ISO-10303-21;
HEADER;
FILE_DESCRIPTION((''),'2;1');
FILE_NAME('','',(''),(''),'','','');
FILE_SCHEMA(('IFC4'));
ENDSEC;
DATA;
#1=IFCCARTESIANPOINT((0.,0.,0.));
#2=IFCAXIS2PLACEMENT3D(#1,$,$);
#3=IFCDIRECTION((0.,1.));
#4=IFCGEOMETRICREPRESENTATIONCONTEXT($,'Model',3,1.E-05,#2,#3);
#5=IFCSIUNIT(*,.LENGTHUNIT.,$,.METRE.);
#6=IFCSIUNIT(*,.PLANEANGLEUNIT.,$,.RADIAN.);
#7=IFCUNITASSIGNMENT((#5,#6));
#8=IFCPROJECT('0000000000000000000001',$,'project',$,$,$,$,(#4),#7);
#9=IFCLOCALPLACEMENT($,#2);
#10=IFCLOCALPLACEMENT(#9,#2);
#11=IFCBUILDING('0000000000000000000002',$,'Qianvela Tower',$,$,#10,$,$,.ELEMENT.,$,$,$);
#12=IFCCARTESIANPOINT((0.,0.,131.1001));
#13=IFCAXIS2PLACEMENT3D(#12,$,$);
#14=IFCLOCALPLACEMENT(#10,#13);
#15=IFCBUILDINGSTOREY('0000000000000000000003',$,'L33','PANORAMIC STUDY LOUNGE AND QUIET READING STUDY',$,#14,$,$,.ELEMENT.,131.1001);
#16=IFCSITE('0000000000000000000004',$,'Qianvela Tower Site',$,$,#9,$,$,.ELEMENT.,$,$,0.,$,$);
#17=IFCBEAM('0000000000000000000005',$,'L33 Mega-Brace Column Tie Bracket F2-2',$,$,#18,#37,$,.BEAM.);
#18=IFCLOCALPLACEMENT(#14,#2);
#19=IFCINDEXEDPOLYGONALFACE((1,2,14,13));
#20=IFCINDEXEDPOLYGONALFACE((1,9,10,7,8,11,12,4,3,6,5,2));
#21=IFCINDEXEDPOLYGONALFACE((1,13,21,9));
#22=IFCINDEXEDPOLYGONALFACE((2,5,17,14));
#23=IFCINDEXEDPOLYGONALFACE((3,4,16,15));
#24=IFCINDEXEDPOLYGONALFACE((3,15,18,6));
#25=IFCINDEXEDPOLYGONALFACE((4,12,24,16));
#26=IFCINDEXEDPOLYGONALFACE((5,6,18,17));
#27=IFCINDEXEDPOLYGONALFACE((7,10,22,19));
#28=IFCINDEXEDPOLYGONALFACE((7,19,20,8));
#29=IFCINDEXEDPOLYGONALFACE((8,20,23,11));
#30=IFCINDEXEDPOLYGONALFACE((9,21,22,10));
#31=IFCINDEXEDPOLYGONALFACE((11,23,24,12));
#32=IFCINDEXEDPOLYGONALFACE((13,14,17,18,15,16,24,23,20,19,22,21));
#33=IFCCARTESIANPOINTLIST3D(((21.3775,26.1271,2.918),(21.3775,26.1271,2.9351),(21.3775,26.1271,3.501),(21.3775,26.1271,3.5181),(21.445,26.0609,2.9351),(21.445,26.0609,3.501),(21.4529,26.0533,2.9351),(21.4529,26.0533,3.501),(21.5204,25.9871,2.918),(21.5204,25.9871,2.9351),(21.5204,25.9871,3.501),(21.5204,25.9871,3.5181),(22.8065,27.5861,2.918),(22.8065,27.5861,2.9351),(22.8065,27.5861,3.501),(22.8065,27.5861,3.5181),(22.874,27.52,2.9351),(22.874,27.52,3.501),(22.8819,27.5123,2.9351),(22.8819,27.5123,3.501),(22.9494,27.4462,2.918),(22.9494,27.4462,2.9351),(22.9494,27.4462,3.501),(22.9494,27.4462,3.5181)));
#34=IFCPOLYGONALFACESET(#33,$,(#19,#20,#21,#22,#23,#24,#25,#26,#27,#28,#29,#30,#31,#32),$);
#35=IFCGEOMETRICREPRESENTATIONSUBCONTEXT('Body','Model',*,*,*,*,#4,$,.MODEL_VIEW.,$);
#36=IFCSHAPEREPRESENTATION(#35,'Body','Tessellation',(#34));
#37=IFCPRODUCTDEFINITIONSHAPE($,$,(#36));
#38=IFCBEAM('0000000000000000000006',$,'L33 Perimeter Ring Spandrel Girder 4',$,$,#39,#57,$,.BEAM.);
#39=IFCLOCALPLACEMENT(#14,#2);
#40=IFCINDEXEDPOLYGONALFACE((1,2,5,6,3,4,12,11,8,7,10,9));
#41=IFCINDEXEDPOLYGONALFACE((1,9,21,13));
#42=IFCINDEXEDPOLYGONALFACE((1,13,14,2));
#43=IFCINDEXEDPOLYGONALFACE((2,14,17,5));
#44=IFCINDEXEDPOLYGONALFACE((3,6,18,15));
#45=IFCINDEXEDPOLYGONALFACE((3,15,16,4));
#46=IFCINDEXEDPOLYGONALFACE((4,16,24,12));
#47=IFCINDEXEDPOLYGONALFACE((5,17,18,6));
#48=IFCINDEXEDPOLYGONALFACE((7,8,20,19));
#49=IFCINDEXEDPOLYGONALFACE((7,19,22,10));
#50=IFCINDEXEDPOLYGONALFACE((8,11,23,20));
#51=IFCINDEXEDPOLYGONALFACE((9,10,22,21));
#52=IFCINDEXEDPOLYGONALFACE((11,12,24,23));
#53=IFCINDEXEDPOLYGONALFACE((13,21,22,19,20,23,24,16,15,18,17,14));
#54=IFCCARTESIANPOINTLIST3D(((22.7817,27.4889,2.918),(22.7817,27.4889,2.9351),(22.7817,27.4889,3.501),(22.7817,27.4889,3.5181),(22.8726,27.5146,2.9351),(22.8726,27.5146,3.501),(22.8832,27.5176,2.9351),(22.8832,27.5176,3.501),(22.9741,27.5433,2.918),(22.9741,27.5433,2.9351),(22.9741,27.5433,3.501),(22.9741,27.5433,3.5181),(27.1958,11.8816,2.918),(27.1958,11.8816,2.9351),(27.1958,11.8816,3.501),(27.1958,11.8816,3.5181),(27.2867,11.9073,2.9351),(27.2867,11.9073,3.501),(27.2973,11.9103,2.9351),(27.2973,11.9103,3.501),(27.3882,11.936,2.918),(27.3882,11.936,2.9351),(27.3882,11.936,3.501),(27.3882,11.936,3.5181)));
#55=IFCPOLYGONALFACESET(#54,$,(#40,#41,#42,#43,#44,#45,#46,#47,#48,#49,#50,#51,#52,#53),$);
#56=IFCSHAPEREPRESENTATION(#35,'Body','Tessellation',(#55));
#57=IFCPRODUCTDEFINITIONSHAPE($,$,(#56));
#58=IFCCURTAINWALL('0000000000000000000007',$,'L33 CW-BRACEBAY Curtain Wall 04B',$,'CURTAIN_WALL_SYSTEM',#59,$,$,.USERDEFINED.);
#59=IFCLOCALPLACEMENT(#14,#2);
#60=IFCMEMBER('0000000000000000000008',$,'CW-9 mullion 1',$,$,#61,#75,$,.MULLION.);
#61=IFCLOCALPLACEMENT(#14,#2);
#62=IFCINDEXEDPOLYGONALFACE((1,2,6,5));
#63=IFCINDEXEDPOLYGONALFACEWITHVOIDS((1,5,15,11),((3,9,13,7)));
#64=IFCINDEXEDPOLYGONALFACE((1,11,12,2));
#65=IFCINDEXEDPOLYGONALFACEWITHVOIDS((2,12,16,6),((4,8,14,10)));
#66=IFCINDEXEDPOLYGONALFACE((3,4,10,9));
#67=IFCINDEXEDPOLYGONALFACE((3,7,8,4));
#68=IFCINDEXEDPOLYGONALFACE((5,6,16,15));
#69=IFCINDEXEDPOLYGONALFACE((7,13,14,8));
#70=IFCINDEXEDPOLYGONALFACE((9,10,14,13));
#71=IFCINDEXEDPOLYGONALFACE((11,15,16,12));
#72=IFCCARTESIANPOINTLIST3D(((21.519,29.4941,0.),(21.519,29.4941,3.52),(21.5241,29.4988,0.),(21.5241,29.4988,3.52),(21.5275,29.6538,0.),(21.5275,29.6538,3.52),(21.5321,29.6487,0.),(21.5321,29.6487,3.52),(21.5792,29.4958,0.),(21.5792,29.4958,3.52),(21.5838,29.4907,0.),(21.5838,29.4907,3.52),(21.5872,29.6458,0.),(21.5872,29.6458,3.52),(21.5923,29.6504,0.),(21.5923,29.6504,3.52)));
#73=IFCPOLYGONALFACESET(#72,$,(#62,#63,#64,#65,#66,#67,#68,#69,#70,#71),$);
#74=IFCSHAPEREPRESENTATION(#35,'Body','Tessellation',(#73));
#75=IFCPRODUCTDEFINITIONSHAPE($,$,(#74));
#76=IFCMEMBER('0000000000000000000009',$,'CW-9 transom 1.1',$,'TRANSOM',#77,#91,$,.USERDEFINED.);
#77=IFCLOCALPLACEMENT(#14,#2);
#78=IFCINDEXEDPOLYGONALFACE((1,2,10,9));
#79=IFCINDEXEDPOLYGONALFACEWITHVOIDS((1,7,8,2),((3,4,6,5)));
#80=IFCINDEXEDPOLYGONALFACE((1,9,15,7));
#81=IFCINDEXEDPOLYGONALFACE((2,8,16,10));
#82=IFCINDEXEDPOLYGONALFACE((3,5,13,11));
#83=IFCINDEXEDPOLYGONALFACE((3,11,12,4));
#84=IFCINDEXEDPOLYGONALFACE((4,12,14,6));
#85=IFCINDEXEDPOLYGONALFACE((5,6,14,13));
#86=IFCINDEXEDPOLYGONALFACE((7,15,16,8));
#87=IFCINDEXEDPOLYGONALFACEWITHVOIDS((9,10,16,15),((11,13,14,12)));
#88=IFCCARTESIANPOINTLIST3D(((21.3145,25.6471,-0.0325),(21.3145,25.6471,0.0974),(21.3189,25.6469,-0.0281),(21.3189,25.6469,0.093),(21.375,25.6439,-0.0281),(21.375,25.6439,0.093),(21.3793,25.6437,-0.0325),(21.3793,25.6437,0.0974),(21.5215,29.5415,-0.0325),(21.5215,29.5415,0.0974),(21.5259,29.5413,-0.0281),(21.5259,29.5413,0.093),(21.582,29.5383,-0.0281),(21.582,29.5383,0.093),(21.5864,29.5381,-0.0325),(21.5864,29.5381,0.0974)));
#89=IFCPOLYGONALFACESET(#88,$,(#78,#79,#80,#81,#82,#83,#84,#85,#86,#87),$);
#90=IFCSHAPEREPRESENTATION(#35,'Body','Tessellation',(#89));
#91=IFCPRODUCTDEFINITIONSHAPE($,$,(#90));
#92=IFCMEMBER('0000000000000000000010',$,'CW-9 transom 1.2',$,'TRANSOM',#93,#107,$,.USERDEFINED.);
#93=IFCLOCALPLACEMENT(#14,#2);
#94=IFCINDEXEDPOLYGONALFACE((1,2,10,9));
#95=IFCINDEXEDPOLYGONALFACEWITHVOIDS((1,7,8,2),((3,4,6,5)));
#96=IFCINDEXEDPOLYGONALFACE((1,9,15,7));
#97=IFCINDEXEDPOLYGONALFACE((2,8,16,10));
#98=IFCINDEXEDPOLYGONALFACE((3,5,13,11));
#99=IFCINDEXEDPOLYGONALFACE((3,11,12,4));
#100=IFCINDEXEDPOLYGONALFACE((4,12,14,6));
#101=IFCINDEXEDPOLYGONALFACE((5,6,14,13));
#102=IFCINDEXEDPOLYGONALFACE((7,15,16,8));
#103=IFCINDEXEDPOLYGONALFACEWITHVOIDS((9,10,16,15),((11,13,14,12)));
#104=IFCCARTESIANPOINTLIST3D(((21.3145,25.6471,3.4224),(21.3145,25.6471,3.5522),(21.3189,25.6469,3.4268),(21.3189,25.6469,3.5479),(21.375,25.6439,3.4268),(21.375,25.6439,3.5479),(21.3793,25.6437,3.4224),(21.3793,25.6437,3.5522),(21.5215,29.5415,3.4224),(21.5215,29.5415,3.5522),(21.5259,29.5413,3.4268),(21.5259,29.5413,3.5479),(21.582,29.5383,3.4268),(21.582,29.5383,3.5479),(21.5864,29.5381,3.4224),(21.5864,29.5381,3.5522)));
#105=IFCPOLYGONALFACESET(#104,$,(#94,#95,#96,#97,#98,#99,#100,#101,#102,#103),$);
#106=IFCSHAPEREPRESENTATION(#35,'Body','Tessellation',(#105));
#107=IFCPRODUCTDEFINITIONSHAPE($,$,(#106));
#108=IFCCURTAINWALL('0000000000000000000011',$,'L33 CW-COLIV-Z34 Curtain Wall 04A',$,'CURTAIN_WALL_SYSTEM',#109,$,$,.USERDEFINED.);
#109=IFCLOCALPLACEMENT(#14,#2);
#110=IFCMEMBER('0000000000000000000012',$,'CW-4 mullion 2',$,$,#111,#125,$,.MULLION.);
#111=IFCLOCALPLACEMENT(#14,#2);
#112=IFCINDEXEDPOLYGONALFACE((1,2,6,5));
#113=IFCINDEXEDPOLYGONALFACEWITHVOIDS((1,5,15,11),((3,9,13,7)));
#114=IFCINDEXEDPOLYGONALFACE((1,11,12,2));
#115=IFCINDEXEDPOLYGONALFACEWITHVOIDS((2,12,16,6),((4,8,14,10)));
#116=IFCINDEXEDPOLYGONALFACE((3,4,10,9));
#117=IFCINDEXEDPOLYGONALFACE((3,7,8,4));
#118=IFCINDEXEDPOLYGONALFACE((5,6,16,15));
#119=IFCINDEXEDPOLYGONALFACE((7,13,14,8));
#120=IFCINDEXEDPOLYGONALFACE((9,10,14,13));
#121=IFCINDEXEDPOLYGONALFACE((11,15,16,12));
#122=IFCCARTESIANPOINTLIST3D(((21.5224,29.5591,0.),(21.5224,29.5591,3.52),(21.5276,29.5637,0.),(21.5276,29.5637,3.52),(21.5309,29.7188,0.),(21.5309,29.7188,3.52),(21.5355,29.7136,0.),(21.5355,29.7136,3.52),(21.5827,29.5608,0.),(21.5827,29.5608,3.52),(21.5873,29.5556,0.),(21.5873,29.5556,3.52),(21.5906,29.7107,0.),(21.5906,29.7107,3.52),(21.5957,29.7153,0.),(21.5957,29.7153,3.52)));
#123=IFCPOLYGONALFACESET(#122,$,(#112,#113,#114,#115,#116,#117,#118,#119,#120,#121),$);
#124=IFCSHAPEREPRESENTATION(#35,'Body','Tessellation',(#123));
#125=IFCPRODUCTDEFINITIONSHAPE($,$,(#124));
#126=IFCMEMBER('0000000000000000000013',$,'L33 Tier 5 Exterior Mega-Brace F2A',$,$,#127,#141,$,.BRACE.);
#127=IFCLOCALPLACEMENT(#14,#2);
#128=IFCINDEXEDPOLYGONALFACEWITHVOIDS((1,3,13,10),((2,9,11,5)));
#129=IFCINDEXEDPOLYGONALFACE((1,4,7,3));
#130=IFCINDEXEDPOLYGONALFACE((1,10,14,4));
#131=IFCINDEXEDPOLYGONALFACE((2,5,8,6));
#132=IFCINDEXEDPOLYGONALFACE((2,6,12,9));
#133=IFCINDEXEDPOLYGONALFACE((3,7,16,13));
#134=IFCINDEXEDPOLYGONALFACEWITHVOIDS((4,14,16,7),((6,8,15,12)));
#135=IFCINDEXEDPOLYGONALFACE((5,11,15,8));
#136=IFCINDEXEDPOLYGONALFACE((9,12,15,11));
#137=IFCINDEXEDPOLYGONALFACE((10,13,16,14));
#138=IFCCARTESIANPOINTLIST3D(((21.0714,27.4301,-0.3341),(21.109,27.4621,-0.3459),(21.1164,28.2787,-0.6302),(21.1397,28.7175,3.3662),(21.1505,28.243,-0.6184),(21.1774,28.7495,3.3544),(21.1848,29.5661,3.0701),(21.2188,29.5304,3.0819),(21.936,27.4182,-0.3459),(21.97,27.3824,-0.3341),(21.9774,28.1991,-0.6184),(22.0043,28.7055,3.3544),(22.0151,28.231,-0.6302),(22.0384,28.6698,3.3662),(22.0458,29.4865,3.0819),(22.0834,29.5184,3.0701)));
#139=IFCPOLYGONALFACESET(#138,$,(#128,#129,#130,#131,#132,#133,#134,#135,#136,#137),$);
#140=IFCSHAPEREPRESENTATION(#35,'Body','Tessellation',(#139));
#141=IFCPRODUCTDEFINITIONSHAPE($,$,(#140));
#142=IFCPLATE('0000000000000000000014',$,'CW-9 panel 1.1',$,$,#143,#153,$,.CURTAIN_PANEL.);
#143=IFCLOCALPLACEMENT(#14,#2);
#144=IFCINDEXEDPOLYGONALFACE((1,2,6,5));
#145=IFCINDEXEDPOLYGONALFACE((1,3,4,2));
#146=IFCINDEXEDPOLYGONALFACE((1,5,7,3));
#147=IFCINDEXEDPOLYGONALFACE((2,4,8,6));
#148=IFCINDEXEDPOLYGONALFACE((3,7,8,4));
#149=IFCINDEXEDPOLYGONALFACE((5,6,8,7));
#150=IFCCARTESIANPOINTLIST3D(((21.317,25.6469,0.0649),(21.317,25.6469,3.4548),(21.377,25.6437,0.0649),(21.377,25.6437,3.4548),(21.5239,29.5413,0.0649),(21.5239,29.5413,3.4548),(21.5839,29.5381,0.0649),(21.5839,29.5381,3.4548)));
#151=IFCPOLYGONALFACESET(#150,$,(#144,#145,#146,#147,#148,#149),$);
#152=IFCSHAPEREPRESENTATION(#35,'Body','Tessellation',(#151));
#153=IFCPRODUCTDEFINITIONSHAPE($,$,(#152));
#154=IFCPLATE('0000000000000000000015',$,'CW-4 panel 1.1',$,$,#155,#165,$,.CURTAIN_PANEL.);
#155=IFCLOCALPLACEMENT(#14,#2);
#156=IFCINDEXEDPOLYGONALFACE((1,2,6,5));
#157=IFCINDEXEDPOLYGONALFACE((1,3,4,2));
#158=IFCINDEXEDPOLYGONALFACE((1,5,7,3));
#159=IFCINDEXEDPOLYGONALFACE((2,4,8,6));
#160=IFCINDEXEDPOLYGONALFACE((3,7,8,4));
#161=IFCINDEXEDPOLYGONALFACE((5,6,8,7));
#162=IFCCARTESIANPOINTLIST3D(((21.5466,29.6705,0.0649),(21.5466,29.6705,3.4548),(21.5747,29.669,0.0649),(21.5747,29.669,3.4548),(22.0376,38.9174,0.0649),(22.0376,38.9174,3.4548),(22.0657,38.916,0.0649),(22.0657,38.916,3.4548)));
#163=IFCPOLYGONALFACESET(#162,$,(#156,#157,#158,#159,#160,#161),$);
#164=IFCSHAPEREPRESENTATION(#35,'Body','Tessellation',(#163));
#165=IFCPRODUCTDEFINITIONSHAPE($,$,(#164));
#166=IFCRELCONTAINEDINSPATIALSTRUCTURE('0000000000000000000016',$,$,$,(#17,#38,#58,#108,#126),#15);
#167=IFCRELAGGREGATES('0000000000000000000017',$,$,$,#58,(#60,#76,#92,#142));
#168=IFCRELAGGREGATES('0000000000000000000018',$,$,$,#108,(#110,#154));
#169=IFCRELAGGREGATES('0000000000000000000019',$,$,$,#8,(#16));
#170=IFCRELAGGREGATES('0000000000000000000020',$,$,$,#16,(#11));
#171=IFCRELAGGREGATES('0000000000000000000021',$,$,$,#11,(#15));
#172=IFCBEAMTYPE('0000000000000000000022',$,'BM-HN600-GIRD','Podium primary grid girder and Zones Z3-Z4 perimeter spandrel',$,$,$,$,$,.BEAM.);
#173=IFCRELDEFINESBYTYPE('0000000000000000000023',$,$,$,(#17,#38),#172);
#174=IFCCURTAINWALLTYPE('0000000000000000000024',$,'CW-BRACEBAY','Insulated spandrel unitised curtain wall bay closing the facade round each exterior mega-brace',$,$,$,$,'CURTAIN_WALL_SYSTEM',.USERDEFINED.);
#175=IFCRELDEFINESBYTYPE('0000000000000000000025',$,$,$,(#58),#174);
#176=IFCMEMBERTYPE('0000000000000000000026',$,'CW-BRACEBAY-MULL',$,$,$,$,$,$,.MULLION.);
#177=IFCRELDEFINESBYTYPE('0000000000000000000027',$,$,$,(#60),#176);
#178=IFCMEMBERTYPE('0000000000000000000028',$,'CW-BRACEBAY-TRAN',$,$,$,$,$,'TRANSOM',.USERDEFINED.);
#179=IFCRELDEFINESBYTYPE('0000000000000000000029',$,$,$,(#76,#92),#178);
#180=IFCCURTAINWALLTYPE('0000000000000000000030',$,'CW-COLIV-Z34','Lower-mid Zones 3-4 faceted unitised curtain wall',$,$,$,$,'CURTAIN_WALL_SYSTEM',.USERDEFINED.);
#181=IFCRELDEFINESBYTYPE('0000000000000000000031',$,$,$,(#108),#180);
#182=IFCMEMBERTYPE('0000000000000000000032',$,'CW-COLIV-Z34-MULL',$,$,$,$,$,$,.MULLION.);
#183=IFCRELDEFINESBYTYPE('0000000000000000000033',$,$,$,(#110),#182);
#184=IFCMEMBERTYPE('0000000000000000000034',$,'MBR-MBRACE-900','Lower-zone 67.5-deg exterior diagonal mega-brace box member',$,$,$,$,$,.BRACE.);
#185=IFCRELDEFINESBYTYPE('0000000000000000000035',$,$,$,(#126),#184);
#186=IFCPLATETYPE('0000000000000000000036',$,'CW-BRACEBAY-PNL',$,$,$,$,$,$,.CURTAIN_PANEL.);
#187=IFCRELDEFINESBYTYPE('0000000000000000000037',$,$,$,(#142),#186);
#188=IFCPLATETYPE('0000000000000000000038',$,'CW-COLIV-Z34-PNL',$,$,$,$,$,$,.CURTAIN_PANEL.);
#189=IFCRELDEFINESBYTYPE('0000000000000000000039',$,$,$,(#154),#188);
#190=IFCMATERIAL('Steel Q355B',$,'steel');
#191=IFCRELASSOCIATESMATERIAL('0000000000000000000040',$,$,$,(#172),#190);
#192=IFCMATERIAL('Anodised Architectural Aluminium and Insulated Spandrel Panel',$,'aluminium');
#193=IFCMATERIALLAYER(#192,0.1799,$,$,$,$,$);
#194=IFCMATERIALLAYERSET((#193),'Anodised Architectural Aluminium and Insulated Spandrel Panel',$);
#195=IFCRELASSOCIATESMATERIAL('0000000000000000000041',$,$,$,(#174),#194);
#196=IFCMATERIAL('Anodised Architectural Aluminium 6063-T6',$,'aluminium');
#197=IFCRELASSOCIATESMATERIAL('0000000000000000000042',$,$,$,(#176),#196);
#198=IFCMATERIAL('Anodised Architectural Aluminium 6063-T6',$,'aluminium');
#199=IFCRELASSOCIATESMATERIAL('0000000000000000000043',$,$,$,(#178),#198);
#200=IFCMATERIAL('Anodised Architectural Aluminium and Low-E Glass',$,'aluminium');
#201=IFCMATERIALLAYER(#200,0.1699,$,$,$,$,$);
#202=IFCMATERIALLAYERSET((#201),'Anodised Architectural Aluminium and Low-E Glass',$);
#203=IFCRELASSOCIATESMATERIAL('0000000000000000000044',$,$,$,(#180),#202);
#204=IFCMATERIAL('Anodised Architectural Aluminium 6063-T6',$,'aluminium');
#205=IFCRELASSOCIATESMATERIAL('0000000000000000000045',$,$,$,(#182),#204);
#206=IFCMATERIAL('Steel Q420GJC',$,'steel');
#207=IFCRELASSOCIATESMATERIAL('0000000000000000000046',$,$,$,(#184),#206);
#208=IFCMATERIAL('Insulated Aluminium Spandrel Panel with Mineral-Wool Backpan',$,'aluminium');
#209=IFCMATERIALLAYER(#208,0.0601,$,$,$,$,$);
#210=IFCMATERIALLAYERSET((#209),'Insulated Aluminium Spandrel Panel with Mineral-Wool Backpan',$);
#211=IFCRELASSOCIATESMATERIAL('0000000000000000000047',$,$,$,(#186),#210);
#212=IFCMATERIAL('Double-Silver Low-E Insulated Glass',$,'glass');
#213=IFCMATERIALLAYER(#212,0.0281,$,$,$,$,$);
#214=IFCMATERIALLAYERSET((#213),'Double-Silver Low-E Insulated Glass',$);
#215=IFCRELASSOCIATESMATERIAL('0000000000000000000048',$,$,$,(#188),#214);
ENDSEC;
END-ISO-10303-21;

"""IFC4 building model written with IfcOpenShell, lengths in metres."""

from ifc_helpers import new_model, si_unit, direction, frame, origin, origin_2d, place, context, subcontext, project, spatial, rectangle, hollow_rectangle, i_section, extrude, material, layer, layer_set, material_profile, profile_set, type_object, element, aggregate, save


model = new_model("IFC4")

# Units and contexts
model_context = context("Model", 3, precision=1e-05, world=origin(), true_north=direction((0.0, 1.0)))
body_context = subcontext(model_context, "Body", "Model", "MODEL_VIEW")
ifc_project = project(units=[si_unit("LENGTHUNIT", "METRE"), si_unit("PLANEANGLEUNIT", "RADIAN")], contexts=[model_context])

# Site, building, storey
site_placement = place(None, origin())
site = spatial("IfcSite", under=ifc_project, at=site_placement, Name="Qianvela Tower Site", CompositionType="ELEMENT", RefElevation=0.0)
building_placement = place(site_placement, origin())
building = spatial("IfcBuilding", under=site, at=building_placement, Name="Qianvela Tower", CompositionType="ELEMENT")
storey_placement = place(building_placement, frame((0.0, 0.0, 131.1001)))
storey = spatial("IfcBuildingStorey", under=building, at=storey_placement, Name="L33", Description="PANORAMIC STUDY LOUNGE AND QUIET READING STUDY", CompositionType="ELEMENT", Elevation=131.1001)

# Beams
ifc_material_1 = material(Name="Steel Q355B", Category="steel")
ifc_material_profile_1 = material_profile(ifc_material_1, i_section(OverallWidth=0.2, OverallDepth=0.6001, WebThickness=0.011, FlangeThickness=0.0171, at=origin_2d()), Name="HN600x200x11x17")
ifc_profile_set_1 = profile_set([ifc_material_profile_1], Name="Steel Q355B")
beam_type = type_object("IfcBeamType", Name="BM-HN600-GIRD", Description="Podium primary grid girder and Zones Z3-Z4 perimeter spandrel", PredefinedType="BEAM", material=ifc_profile_set_1)
beam_1_placement = place(storey_placement, frame((22.8779, 27.5161, 3.218), z_axis=(-0.699716, -0.714421, 0.0), x_axis=(0.714421, -0.699716, 0.0)))
element("IfcBeam", 1, at=beam_1_placement, inside=storey, type_object=beam_type, Name="L33 Mega-Brace Column Tie Bracket F2-2", PredefinedType="BEAM", context=body_context, shape_type="SweptSolid", body=[
    extrude(i_section(OverallWidth=0.2, OverallDepth=0.6001, WebThickness=0.011, FlangeThickness=0.0171, at=origin_2d()), origin(), (0.0, 0.0, 1.0), 2.0422),
])
beam_2_placement = place(storey_placement, frame((22.8779, 27.5161, 3.218), z_axis=(0.272148, -0.962256, 0.0), x_axis=(0.962256, 0.272148, 0.0)))
element("IfcBeam", 2, at=beam_2_placement, inside=storey, type_object=beam_type, Name="L33 Perimeter Ring Spandrel Girder 4", PredefinedType="BEAM", context=body_context, shape_type="SweptSolid", body=[
    extrude(i_section(OverallWidth=0.2, OverallDepth=0.6001, WebThickness=0.011, FlangeThickness=0.0171, at=origin_2d()), origin(), (0.0, 0.0, 1.0), 16.2195),
])

# Curtain wall, members
ifc_material_2 = material(Name="Anodised Architectural Aluminium and Insulated Spandrel Panel", Category="aluminium")
ifc_layer_1 = layer(ifc_material_2, 0.1799)
ifc_layer_set_1 = layer_set([ifc_layer_1], Name="Anodised Architectural Aluminium and Insulated Spandrel Panel")
curtain_wall_type_1 = type_object("IfcCurtainWallType", Name="CW-BRACEBAY", Description="Insulated spandrel unitised curtain wall bay closing the facade round each exterior mega-brace", ElementType="CURTAIN_WALL_SYSTEM", PredefinedType="USERDEFINED", material=ifc_layer_set_1)
curtain_wall_1_placement = place(storey_placement, origin())
curtain_wall_1 = element("IfcCurtainWall", 3, at=curtain_wall_1_placement, inside=storey, type_object=curtain_wall_type_1, Name="L33 CW-BRACEBAY Curtain Wall 04B", ObjectType="CURTAIN_WALL_SYSTEM", PredefinedType="USERDEFINED")
ifc_material_3 = material(Name="Anodised Architectural Aluminium 6063-T6", Category="aluminium")
ifc_material_profile_2 = material_profile(ifc_material_3, hollow_rectangle(XDim=0.0649, YDim=0.1599, WallThickness=0.0049, at=origin_2d()), Name="ALU-MULL-65x160")
ifc_profile_set_2 = profile_set([ifc_material_profile_2], Name="Anodised Architectural Aluminium 6063-T6")
member_type_1 = type_object("IfcMemberType", Name="CW-BRACEBAY-MULL", PredefinedType="MULLION", material=ifc_profile_set_2)
member_1_placement = place(storey_placement, frame((21.5557, 29.5723, 0.0), z_axis=(0.0, 0.0, 1.0), x_axis=(0.998592, -0.053052, 0.0)))
member_1 = element("IfcMember", 4, at=member_1_placement, type_object=member_type_1, Name="CW-9 mullion 1", PredefinedType="MULLION", context=body_context, shape_type="SweptSolid", body=[
    extrude(hollow_rectangle(XDim=0.0649, YDim=0.1599, WallThickness=0.0049, at=origin_2d()), origin(), (0.0, 0.0, 1.0), 3.52),
])
ifc_material_4 = material(Name="Anodised Architectural Aluminium 6063-T6", Category="aluminium")
ifc_material_profile_3 = material_profile(ifc_material_4, hollow_rectangle(XDim=0.0649, YDim=0.1299, WallThickness=0.0044, at=origin_2d()), Name="ALU-TRAN-65x130")
ifc_profile_set_3 = profile_set([ifc_material_profile_3], Name="Anodised Architectural Aluminium 6063-T6")
member_type_2 = type_object("IfcMemberType", Name="CW-BRACEBAY-TRAN", ElementType="TRANSOM", PredefinedType="USERDEFINED", material=ifc_profile_set_3)
member_2_placement = place(storey_placement, frame((21.554, 29.5398, 0.0325), z_axis=(-0.053088, -0.99859, 0.0), x_axis=(0.99859, -0.053088, 0.0)))
member_2 = element("IfcMember", 5, at=member_2_placement, type_object=member_type_2, Name="CW-9 transom 1.1", ObjectType="TRANSOM", PredefinedType="USERDEFINED", context=body_context, shape_type="SweptSolid", body=[
    extrude(hollow_rectangle(XDim=0.0649, YDim=0.1299, WallThickness=0.0044, at=origin_2d()), origin(), (0.0, 0.0, 1.0), 3.8999),
])
member_3_placement = place(storey_placement, frame((21.554, 29.5398, 3.4873), z_axis=(-0.053088, -0.99859, 0.0), x_axis=(0.99859, -0.053088, 0.0)))
member_3 = element("IfcMember", 6, at=member_3_placement, type_object=member_type_2, Name="CW-9 transom 1.2", ObjectType="TRANSOM", PredefinedType="USERDEFINED", context=body_context, shape_type="SweptSolid", body=[
    extrude(hollow_rectangle(XDim=0.0649, YDim=0.1299, WallThickness=0.0044, at=origin_2d()), origin(), (0.0, 0.0, 1.0), 3.8999),
])

# Curtain wall, member
ifc_material_5 = material(Name="Anodised Architectural Aluminium and Low-E Glass", Category="aluminium")
ifc_layer_2 = layer(ifc_material_5, 0.1699)
ifc_layer_set_2 = layer_set([ifc_layer_2], Name="Anodised Architectural Aluminium and Low-E Glass")
curtain_wall_type_2 = type_object("IfcCurtainWallType", Name="CW-COLIV-Z34", Description="Lower-mid Zones 3-4 faceted unitised curtain wall", ElementType="CURTAIN_WALL_SYSTEM", PredefinedType="USERDEFINED", material=ifc_layer_set_2)
curtain_wall_2_placement = place(storey_placement, origin())
curtain_wall_2 = element("IfcCurtainWall", 7, at=curtain_wall_2_placement, inside=storey, type_object=curtain_wall_type_2, Name="L33 CW-COLIV-Z34 Curtain Wall 04A", ObjectType="CURTAIN_WALL_SYSTEM", PredefinedType="USERDEFINED")
ifc_material_6 = material(Name="Anodised Architectural Aluminium 6063-T6", Category="aluminium")
ifc_material_profile_4 = material_profile(ifc_material_6, hollow_rectangle(XDim=0.0649, YDim=0.1599, WallThickness=0.0049, at=origin_2d()), Name="ALU-MULL-65x160")
ifc_profile_set_4 = profile_set([ifc_material_profile_4], Name="Anodised Architectural Aluminium 6063-T6")
member_type_3 = type_object("IfcMemberType", Name="CW-COLIV-Z34-MULL", PredefinedType="MULLION", material=ifc_profile_set_4)
member_4_placement = place(storey_placement, frame((21.5591, 29.6372, 0.0), z_axis=(0.0, 0.0, 1.0), x_axis=(0.998593, -0.053024, 0.0)))
member_4 = element("IfcMember", 8, at=member_4_placement, type_object=member_type_3, Name="CW-4 mullion 2", PredefinedType="MULLION", context=body_context, shape_type="SweptSolid", body=[
    extrude(hollow_rectangle(XDim=0.0649, YDim=0.1599, WallThickness=0.0049, at=origin_2d()), origin(), (0.0, 0.0, 1.0), 3.52),
])

# Member
ifc_material_7 = material(Name="Steel Q420GJC", Category="steel")
ifc_material_profile_5 = material_profile(ifc_material_7, hollow_rectangle(XDim=0.8999, YDim=0.8999, WallThickness=0.0359, at=origin_2d()), Name="MBOX-900x900x36")
ifc_profile_set_5 = profile_set([ifc_material_profile_5], Name="Steel Q420GJC")
member_type_4 = type_object("IfcMemberType", Name="MBR-MBRACE-900", Description="Lower-zone 67.5-deg exterior diagonal mega-brace box member", PredefinedType="BRACE", material=ifc_profile_set_5)
member_5_placement = place(storey_placement, frame((21.5432, 27.8306, -0.4822), z_axis=(0.017446, 0.328546, 0.944327), x_axis=(-0.998593, 0.053026, 0.0)))
element("IfcMember", 9, at=member_5_placement, inside=storey, type_object=member_type_4, Name="L33 Tier 5 Exterior Mega-Brace F2A", PredefinedType="BRACE", context=body_context, shape_type="SweptSolid", body=[
    extrude(hollow_rectangle(XDim=0.8999, YDim=0.8999, WallThickness=0.0359, at=origin_2d()), origin(), (0.0, 0.0, 1.0), 3.9185),
])

# Plates
ifc_material_8 = material(Name="Insulated Aluminium Spandrel Panel with Mineral-Wool Backpan", Category="aluminium")
ifc_layer_3 = layer(ifc_material_8, 0.0601)
ifc_layer_set_3 = layer_set([ifc_layer_3], Name="Insulated Aluminium Spandrel Panel with Mineral-Wool Backpan")
plate_type_1 = type_object("IfcPlateType", Name="CW-BRACEBAY-PNL", PredefinedType="CURTAIN_PANEL", material=ifc_layer_set_3)
plate_1_placement = place(storey_placement, frame((21.4504, 27.5925, 0.0649), z_axis=(0.0, 0.0, 1.0), x_axis=(-0.053052, -0.998592, 0.0)))
plate_1 = element("IfcPlate", 10, at=plate_1_placement, type_object=plate_type_1, Name="CW-9 panel 1.1", PredefinedType="CURTAIN_PANEL", context=body_context, shape_type="SweptSolid", body=[
    extrude(rectangle(XDim=3.8999, YDim=0.0601, at=origin_2d()), origin(), (0.0, 0.0, 1.0), 3.3899),
])
aggregate(curtain_wall_1, [member_1, member_2, member_3, plate_1])
ifc_material_9 = material(Name="Double-Silver Low-E Insulated Glass", Category="glass")
ifc_layer_4 = layer(ifc_material_9, 0.0281)
ifc_layer_set_4 = layer_set([ifc_layer_4], Name="Double-Silver Low-E Insulated Glass")
plate_type_2 = type_object("IfcPlateType", Name="CW-COLIV-Z34-PNL", PredefinedType="CURTAIN_PANEL", material=ifc_layer_set_4)
plate_2_placement = place(storey_placement, frame((21.8062, 34.2932, 0.0649), z_axis=(0.0, 0.0, 1.0), x_axis=(-0.053024, -0.998593, 0.0)))
plate_2 = element("IfcPlate", 11, at=plate_2_placement, type_object=plate_type_2, Name="CW-4 panel 1.1", PredefinedType="CURTAIN_PANEL", context=body_context, shape_type="SweptSolid", body=[
    extrude(rectangle(XDim=9.26, YDim=0.0281, at=origin_2d()), origin(), (0.0, 0.0, 1.0), 3.3899),
])
aggregate(curtain_wall_2, [member_4, plate_2])

save(model, "model.ifc")
